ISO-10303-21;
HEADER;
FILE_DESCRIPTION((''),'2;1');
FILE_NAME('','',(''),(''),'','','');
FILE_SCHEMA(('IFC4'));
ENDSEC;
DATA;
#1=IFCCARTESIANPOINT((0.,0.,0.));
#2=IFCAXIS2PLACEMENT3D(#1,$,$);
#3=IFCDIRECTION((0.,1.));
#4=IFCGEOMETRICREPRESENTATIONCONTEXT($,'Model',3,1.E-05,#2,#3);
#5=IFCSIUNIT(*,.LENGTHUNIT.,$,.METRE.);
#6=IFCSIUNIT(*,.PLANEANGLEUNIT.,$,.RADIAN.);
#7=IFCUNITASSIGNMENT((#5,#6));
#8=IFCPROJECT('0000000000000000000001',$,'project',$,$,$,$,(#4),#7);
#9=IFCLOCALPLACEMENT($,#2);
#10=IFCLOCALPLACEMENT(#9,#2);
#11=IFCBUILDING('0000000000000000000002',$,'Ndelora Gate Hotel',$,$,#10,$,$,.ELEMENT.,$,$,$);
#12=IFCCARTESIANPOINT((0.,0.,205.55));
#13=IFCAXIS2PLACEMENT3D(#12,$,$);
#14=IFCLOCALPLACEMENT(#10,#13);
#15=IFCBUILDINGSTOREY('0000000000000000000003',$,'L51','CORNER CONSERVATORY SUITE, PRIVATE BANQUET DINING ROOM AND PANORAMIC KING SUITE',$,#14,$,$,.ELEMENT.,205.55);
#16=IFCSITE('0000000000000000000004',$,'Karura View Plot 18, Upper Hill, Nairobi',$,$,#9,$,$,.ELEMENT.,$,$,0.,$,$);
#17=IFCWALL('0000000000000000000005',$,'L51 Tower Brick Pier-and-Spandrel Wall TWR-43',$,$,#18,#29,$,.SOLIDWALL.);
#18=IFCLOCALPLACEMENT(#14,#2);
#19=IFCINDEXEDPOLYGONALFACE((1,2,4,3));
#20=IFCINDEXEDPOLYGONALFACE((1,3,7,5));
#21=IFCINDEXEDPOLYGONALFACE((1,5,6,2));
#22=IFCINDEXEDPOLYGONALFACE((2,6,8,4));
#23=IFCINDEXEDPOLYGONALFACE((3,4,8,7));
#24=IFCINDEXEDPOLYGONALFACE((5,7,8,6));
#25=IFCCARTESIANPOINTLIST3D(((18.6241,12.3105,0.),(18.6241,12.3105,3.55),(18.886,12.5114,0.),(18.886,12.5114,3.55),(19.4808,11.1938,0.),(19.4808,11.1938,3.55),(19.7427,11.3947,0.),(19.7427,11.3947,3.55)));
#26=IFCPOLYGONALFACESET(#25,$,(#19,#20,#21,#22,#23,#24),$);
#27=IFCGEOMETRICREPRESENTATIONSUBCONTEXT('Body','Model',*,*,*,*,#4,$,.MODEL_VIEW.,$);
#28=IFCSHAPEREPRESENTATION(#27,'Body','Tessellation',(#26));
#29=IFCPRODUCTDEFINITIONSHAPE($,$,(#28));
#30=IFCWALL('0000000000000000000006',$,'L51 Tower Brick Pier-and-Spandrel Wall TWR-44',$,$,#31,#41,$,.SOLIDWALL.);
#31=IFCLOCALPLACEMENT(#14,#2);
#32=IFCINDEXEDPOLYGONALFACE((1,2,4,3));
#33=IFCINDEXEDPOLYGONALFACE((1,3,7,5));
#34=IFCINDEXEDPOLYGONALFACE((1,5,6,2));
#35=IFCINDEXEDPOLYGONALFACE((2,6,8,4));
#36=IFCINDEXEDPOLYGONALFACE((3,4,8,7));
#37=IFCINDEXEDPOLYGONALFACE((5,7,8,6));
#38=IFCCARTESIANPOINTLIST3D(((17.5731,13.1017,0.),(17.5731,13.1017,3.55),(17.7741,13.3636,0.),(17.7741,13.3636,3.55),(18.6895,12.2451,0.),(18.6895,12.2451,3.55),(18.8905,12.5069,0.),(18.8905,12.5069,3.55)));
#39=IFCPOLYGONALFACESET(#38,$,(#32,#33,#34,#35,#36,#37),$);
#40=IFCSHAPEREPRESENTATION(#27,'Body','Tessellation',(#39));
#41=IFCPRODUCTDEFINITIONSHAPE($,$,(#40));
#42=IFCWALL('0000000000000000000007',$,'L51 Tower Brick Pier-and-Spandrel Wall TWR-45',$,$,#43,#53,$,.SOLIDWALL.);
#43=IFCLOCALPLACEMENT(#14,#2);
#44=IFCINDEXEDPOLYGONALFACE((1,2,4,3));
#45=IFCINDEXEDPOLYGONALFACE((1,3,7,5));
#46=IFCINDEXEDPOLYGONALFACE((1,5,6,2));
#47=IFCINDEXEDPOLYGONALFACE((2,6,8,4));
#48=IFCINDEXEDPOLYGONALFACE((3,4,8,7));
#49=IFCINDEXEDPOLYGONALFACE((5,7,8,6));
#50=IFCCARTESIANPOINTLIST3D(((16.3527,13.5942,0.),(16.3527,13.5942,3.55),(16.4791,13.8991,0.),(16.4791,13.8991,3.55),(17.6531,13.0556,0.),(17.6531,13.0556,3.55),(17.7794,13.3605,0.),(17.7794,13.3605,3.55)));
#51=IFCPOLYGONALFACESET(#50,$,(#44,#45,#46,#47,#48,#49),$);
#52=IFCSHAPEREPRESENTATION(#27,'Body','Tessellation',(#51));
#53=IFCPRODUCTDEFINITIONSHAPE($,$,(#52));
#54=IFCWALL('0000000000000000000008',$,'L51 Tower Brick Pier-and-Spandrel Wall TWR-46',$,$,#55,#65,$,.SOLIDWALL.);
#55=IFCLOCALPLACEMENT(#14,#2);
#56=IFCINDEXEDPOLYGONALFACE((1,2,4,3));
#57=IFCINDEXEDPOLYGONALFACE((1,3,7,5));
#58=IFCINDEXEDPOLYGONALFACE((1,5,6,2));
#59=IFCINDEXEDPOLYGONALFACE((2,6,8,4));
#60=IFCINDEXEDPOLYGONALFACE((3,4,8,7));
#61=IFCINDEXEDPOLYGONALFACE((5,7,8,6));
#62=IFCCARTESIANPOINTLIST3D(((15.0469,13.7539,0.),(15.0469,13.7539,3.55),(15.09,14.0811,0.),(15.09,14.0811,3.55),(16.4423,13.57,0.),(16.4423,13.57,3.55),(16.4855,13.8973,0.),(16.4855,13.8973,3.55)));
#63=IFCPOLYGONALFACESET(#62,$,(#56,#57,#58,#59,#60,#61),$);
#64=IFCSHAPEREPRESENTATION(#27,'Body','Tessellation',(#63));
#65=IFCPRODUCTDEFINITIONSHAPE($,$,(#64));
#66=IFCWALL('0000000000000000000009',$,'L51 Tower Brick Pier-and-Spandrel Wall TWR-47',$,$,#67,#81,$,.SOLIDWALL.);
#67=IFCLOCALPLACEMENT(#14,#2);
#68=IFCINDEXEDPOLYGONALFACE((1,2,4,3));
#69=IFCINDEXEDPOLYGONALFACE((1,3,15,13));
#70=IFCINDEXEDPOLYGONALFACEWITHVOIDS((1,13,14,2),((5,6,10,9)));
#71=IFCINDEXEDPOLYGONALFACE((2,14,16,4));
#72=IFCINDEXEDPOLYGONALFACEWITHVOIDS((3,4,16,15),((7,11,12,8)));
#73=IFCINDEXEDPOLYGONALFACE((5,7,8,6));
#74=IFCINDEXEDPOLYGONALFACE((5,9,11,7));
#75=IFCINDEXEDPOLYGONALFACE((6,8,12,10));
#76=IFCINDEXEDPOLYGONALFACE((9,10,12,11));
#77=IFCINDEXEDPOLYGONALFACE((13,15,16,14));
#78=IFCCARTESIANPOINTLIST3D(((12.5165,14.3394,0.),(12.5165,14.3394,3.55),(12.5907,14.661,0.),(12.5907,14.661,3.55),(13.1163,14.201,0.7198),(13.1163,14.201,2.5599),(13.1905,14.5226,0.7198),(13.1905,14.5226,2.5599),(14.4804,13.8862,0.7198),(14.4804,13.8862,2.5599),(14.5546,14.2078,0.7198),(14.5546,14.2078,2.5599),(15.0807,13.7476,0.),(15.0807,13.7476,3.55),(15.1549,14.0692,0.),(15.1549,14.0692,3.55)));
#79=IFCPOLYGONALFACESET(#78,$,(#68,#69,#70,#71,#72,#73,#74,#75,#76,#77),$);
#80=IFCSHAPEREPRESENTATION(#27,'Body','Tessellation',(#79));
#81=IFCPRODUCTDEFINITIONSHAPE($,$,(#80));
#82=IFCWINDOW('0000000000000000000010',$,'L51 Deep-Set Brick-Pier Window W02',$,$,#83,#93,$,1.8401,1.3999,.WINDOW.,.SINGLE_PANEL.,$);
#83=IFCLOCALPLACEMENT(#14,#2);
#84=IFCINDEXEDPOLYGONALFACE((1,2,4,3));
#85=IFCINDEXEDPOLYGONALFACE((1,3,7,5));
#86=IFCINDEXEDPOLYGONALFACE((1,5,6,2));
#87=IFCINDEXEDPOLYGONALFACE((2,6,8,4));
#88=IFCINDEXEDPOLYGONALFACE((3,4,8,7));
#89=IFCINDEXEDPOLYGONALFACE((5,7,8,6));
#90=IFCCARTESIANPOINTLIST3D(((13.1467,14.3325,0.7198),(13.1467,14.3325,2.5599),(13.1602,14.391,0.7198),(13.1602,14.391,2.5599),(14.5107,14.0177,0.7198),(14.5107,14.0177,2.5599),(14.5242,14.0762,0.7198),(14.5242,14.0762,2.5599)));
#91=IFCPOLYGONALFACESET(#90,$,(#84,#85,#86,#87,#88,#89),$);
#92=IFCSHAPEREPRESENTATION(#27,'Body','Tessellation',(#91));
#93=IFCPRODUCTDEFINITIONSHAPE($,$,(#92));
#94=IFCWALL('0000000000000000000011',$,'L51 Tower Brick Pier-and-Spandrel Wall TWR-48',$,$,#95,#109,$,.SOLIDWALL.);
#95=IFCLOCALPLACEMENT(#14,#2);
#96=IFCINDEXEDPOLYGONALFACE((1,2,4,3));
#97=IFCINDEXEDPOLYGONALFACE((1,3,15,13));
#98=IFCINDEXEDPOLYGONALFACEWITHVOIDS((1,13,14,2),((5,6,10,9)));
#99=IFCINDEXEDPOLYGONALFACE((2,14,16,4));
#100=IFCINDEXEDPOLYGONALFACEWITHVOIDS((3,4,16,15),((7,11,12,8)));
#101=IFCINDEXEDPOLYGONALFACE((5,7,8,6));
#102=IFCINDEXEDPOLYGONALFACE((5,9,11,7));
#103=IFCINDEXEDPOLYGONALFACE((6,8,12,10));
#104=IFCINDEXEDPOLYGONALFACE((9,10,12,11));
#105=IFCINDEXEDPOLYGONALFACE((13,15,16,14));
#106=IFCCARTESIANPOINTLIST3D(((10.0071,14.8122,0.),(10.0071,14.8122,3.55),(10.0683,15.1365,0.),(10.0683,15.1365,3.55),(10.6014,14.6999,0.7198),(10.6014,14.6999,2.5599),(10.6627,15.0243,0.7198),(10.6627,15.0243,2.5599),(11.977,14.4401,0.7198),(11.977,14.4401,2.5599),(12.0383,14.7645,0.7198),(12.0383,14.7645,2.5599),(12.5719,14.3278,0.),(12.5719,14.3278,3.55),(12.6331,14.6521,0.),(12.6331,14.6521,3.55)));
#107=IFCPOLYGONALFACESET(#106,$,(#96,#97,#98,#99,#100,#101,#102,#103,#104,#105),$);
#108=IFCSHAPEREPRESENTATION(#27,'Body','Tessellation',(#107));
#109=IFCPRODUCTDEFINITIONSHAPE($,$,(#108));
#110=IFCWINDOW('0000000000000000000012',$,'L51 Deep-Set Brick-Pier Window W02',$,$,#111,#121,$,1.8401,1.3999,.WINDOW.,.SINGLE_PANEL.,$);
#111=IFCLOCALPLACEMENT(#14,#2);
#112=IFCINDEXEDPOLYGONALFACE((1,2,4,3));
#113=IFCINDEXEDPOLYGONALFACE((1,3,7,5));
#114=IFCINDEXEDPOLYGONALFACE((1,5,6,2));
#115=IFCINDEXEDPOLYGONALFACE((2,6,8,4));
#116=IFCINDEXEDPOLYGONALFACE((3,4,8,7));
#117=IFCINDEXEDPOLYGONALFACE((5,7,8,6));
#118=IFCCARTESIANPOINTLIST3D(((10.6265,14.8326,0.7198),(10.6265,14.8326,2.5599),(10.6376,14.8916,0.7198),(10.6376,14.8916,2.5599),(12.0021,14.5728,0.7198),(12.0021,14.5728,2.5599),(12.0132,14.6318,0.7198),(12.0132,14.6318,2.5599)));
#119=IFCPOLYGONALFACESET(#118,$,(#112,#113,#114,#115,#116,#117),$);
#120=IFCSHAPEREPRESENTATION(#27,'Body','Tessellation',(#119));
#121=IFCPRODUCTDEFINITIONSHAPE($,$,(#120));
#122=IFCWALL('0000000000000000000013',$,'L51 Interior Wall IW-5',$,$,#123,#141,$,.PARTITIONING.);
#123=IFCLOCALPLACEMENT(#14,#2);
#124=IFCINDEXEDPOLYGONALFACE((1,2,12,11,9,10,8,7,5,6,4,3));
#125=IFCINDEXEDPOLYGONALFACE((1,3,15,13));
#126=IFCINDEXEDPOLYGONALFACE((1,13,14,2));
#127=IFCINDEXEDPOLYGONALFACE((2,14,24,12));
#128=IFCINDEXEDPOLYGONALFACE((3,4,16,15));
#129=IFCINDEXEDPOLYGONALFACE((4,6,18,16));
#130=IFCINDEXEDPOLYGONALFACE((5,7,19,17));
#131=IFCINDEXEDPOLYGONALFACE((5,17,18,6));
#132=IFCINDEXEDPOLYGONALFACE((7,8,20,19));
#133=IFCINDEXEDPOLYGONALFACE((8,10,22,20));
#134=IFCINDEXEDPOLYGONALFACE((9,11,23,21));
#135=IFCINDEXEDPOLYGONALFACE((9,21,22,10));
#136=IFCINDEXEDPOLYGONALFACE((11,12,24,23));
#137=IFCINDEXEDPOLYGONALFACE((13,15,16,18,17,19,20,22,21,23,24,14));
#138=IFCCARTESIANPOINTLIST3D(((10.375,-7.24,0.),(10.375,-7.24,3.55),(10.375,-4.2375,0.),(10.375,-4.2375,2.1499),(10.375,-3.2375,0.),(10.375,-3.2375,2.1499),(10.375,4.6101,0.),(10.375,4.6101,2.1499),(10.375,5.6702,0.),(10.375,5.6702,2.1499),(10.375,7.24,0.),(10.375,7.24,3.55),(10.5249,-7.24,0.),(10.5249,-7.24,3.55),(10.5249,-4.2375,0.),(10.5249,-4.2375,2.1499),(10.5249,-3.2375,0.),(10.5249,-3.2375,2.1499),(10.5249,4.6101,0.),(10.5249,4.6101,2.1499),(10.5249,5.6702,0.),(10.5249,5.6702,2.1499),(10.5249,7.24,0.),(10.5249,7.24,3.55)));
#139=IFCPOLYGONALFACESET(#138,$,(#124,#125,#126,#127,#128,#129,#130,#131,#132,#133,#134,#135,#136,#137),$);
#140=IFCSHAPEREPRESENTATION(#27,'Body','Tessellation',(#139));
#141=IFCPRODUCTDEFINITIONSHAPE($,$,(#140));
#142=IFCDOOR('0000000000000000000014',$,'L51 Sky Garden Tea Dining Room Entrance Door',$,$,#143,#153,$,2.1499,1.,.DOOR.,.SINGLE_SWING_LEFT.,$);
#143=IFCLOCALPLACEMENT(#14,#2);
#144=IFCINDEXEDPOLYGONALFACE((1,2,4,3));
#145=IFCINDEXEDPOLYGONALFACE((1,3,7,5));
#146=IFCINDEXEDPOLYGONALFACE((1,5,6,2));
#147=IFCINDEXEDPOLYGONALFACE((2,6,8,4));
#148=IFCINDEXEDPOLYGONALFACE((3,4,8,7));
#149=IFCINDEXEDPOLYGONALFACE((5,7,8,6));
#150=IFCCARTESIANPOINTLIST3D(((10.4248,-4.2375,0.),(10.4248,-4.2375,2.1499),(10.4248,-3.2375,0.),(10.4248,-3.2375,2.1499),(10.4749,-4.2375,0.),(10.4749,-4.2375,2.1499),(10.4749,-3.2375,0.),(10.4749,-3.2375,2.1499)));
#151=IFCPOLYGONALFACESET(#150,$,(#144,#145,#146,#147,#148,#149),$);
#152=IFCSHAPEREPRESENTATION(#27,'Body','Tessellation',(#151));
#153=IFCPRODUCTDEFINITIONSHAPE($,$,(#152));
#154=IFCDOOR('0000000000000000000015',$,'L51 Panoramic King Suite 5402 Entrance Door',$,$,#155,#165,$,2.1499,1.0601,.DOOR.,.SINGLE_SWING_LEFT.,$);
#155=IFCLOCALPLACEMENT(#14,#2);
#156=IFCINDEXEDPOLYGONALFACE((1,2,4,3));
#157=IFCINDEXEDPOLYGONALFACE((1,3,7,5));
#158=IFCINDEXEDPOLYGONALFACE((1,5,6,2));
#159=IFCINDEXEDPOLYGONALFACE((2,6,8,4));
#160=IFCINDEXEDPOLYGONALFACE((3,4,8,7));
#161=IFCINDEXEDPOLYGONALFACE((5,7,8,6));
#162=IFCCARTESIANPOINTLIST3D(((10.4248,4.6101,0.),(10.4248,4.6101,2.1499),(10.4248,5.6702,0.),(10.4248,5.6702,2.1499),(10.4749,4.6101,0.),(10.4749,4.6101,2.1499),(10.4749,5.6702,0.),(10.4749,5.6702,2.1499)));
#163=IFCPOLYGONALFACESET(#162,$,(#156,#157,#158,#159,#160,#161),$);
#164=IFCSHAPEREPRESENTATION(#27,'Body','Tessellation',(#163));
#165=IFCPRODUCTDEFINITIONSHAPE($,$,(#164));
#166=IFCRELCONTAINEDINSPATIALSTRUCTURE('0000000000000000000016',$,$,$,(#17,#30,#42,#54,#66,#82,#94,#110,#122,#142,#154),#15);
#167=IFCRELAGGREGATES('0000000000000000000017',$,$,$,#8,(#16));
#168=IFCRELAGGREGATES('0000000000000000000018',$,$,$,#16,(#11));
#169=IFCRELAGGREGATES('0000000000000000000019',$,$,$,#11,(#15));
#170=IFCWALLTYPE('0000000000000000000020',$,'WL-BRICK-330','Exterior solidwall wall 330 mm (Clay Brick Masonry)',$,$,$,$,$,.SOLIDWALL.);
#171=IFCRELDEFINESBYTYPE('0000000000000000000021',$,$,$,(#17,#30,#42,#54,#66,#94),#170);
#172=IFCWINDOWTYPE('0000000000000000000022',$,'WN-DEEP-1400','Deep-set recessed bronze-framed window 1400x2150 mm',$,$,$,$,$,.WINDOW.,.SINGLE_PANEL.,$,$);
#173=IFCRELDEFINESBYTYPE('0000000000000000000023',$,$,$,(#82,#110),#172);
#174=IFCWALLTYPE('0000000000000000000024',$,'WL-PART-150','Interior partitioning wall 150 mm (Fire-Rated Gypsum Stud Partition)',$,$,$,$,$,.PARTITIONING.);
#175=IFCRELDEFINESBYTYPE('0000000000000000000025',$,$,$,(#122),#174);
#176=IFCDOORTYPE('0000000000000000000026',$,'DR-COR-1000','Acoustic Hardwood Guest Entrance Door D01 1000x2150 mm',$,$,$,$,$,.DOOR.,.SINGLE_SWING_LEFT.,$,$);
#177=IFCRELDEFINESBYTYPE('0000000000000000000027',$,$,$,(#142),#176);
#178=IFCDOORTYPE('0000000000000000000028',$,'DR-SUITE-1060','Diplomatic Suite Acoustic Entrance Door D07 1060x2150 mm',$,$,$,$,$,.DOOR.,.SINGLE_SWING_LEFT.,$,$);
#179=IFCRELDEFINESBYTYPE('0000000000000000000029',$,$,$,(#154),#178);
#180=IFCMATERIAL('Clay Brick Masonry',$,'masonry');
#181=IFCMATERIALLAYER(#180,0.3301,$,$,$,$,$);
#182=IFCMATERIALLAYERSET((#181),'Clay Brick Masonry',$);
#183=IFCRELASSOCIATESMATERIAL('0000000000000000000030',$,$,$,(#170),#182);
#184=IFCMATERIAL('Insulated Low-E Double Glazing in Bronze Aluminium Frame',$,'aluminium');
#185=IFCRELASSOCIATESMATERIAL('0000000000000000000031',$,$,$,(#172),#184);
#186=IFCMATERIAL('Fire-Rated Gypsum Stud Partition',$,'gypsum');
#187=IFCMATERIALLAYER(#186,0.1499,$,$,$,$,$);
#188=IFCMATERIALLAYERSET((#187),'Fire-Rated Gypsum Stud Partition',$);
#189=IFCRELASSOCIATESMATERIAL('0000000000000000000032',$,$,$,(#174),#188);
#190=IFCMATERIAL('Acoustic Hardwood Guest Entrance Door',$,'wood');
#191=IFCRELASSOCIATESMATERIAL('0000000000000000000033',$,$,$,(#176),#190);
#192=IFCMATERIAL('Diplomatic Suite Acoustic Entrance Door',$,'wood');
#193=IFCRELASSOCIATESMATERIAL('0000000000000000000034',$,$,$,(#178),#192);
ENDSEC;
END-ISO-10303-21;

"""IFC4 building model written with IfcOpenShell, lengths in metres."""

from ifc_helpers import new_model, si_unit, direction, frame, frame_2d, origin, place, context, subcontext, project, spatial, rectangle, extrude, material, layer, layer_set, type_object, element, fill, save


model = new_model("IFC4")

# Units and contexts
model_context = context("Model", 3, precision=1e-05, world=origin(), true_north=direction((0.0, 1.0)))
body_context = subcontext(model_context, "Body", "Model", "MODEL_VIEW")
ifc_project = project(units=[si_unit("LENGTHUNIT", "METRE"), si_unit("PLANEANGLEUNIT", "RADIAN")], contexts=[model_context])

# Site, building, storey
site_placement = place(None, origin())
site = spatial("IfcSite", under=ifc_project, at=site_placement, Name="Karura View Plot 18, Upper Hill, Nairobi", CompositionType="ELEMENT", RefElevation=0.0)
building_placement = place(site_placement, origin())
building = spatial("IfcBuilding", under=site, at=building_placement, Name="Ndelora Gate Hotel", CompositionType="ELEMENT")
storey_placement = place(building_placement, frame((0.0, 0.0, 205.55)))
storey = spatial("IfcBuildingStorey", under=building, at=storey_placement, Name="L51", Description="CORNER CONSERVATORY SUITE, PRIVATE BANQUET DINING ROOM AND PANORAMIC KING SUITE", CompositionType="ELEMENT", Elevation=205.55)

# Walls
ifc_material_1 = material(Name="Clay Brick Masonry", Category="masonry")
ifc_layer_1 = layer(ifc_material_1, 0.3301)
ifc_layer_set_1 = layer_set([ifc_layer_1], Name="Clay Brick Masonry")
wall_type_1 = type_object("IfcWallType", Name="WL-BRICK-330", Description="Exterior solidwall wall 330 mm (Clay Brick Masonry)", PredefinedType="SOLIDWALL", material=ifc_layer_set_1)
for number, where, z_axis, x_axis, name in (
    (1, (18.7551, 12.4109, 0.0), (0.0, 0.0, 1.0), (0.608679, -0.793416, 0.0), "L51 Tower Brick Pier-and-Spandrel Wall TWR-43"),
):
    element("IfcWall", number, at=place(storey_placement, frame(where, z_axis=z_axis, x_axis=x_axis)), inside=storey, type_object=wall_type_1, Name=name, PredefinedType="SOLIDWALL", context=body_context, shape_type="SweptSolid", body=[
        extrude(rectangle(XDim=1.4075, YDim=0.3301, at=frame_2d((0.7036, 0.0))), origin(), (0.0, 0.0, 1.0), 3.55),
    ])
wall_1_placement = place(storey_placement, frame((17.6736, 13.2327, 0.0), z_axis=(0.0, 0.0, 1.0), x_axis=(0.793352, -0.608763, 0.0)))
element("IfcWall", 2, at=wall_1_placement, inside=storey, type_object=wall_type_1, Name="L51 Tower Brick Pier-and-Spandrel Wall TWR-44", PredefinedType="SOLIDWALL", context=body_context, shape_type="SweptSolid", body=[
    extrude(rectangle(XDim=1.4072, YDim=0.3301, at=frame_2d((0.7036, 0.0))), origin(), (0.0, 0.0, 1.0), 3.55),
])
for number, where, z_axis, x_axis, name in (
    (3, (16.416, 13.7466, 0.0), (0.0, 0.0, 1.0), (0.923886, -0.382668, 0.0), "L51 Tower Brick Pier-and-Spandrel Wall TWR-45"),
    (4, (15.0686, 13.9175, 0.0), (0.0, 0.0, 1.0), (0.991434, -0.130607, 0.0), "L51 Tower Brick Pier-and-Spandrel Wall TWR-46"),
):
    element("IfcWall", number, at=place(storey_placement, frame(where, z_axis=z_axis, x_axis=x_axis)), inside=storey, type_object=wall_type_1, Name=name, PredefinedType="SOLIDWALL", context=body_context, shape_type="SweptSolid", body=[
        extrude(rectangle(XDim=1.4075, YDim=0.3301, at=frame_2d((0.7036, 0.0))), origin(), (0.0, 0.0, 1.0), 3.55),
    ])

# Walls, openings, windows
wall_2_placement = place(storey_placement, frame((12.5535, 14.5002, 0.0), z_axis=(0.0, 0.0, 1.0), x_axis=(0.974387, -0.22488, 0.0)))
wall_2 = element("IfcWall", 5, at=wall_2_placement, inside=storey, type_object=wall_type_1, Name="L51 Tower Brick Pier-and-Spandrel Wall TWR-47", PredefinedType="SOLIDWALL", context=body_context, shape_type="SweptSolid", body=[
    extrude(rectangle(XDim=2.6316, YDim=0.3301, at=frame_2d((1.3159, 0.0))), origin(), (0.0, 0.0, 1.0), 3.55),
])
opening_1_placement = place(wall_2_placement, frame((0.6157, 0.0, 0.72)))
opening_1 = element("IfcOpeningElement", 6, at=opening_1_placement, cuts=wall_2, PredefinedType="OPENING", context=body_context, shape_type="SweptSolid", body=[
    extrude(rectangle(XDim=1.3999, YDim=1.8401, at=frame_2d((0.7, 0.9199))), frame((0.0, 0.175, 0.0), z_axis=(0.0, -1.0, 0.0), x_axis=(1.0, 0.0, 0.0)), (0.0, 0.0, 1.0), 0.3501),
])
ifc_material_2 = material(Name="Insulated Low-E Double Glazing in Bronze Aluminium Frame", Category="aluminium")
window_type = type_object("IfcWindowType", Name="WN-DEEP-1400", Description="Deep-set recessed bronze-framed window 1400x2150 mm", PartitioningType="SINGLE_PANEL", PredefinedType="WINDOW", material=ifc_material_2)
window_1_placement = place(opening_1_placement, origin())
window_1 = element("IfcWindow", 7, at=window_1_placement, inside=storey, type_object=window_type, Name="L51 Deep-Set Brick-Pier Window W02", OverallHeight=1.8401, OverallWidth=1.3999, PartitioningType="SINGLE_PANEL", PredefinedType="WINDOW", context=body_context, shape_type="SweptSolid", body=[
    extrude(rectangle(XDim=1.3999, YDim=1.8401, at=frame_2d((0.7, 0.9199))), frame((0.0, 0.03, 0.0), z_axis=(0.0, -1.0, 0.0), x_axis=(1.0, 0.0, 0.0)), (0.0, 0.0, 1.0), 0.0601),
])
fill(opening_1, window_1)
wall_3_placement = place(storey_placement, frame((10.0376, 14.9744, 0.0), z_axis=(0.0, 0.0, 1.0), x_axis=(0.982629, -0.185582, 0.0)))
wall_3 = element("IfcWall", 8, at=wall_3_placement, inside=storey, type_object=wall_type_1, Name="L51 Tower Brick Pier-and-Spandrel Wall TWR-48", PredefinedType="SOLIDWALL", context=body_context, shape_type="SweptSolid", body=[
    extrude(rectangle(XDim=2.6101, YDim=0.3301, at=frame_2d((1.3052, 0.0))), origin(), (0.0, 0.0, 1.0), 3.55),
])
opening_2_placement = place(wall_3_placement, frame((0.605, 0.0, 0.72)))
opening_2 = element("IfcOpeningElement", 9, at=opening_2_placement, cuts=wall_3, PredefinedType="OPENING", context=body_context, shape_type="SweptSolid", body=[
    extrude(rectangle(XDim=1.3999, YDim=1.8401, at=frame_2d((0.7, 0.9199))), frame((0.0, 0.175, 0.0), z_axis=(0.0, -1.0, 0.0), x_axis=(1.0, 0.0, 0.0)), (0.0, 0.0, 1.0), 0.3501),
])
window_2_placement = place(opening_2_placement, origin())
window_2 = element("IfcWindow", 10, at=window_2_placement, inside=storey, type_object=window_type, Name="L51 Deep-Set Brick-Pier Window W02", OverallHeight=1.8401, OverallWidth=1.3999, PartitioningType="SINGLE_PANEL", PredefinedType="WINDOW", context=body_context, shape_type="SweptSolid", body=[
    extrude(rectangle(XDim=1.3999, YDim=1.8401, at=frame_2d((0.7, 0.9199))), frame((0.0, 0.03, 0.0), z_axis=(0.0, -1.0, 0.0), x_axis=(1.0, 0.0, 0.0)), (0.0, 0.0, 1.0), 0.0601),
])
fill(opening_2, window_2)

# Wall, openings, doors
ifc_material_3 = material(Name="Fire-Rated Gypsum Stud Partition", Category="gypsum")
ifc_layer_2 = layer(ifc_material_3, 0.1499)
ifc_layer_set_2 = layer_set([ifc_layer_2], Name="Fire-Rated Gypsum Stud Partition")
wall_type_2 = type_object("IfcWallType", Name="WL-PART-150", Description="Interior partitioning wall 150 mm (Fire-Rated Gypsum Stud Partition)", PredefinedType="PARTITIONING", material=ifc_layer_set_2)
wall_4_placement = place(storey_placement, frame((10.45, 7.24, 0.0), z_axis=(0.0, 0.0, 1.0), x_axis=(0.0, -1.0, 0.0)))
wall_4 = element("IfcWall", 11, at=wall_4_placement, inside=storey, type_object=wall_type_2, Name="L51 Interior Wall IW-5", PredefinedType="PARTITIONING", context=body_context, shape_type="SweptSolid", body=[
    extrude(rectangle(XDim=14.48, YDim=0.1499, at=frame_2d((7.24, 0.0))), origin(), (0.0, 0.0, 1.0), 3.55),
])
opening_3_placement = place(wall_4_placement, frame((10.4775, 0.0, 0.0)))
opening_3 = element("IfcOpeningElement", 12, at=opening_3_placement, cuts=wall_4, PredefinedType="OPENING", context=body_context, shape_type="SweptSolid", body=[
    extrude(rectangle(XDim=1.0, YDim=2.1499, at=frame_2d((0.5, 1.075))), frame((0.0, 0.085, 0.0), z_axis=(0.0, -1.0, 0.0), x_axis=(1.0, 0.0, 0.0)), (0.0, 0.0, 1.0), 0.1699),
])
opening_4_placement = place(wall_4_placement, frame((1.5698, 0.0, 0.0)))
opening_4 = element("IfcOpeningElement", 13, at=opening_4_placement, cuts=wall_4, PredefinedType="OPENING", context=body_context, shape_type="SweptSolid", body=[
    extrude(rectangle(XDim=1.0601, YDim=2.1499, at=frame_2d((0.53, 1.075))), frame((0.0, 0.085, 0.0), z_axis=(0.0, -1.0, 0.0), x_axis=(1.0, 0.0, 0.0)), (0.0, 0.0, 1.0), 0.1699),
])
ifc_material_4 = material(Name="Acoustic Hardwood Guest Entrance Door", Category="wood")
door_type_1 = type_object("IfcDoorType", Name="DR-COR-1000", Description="Acoustic Hardwood Guest Entrance Door D01 1000x2150 mm", OperationType="SINGLE_SWING_LEFT", PredefinedType="DOOR", material=ifc_material_4)
door_1_placement = place(opening_3_placement, origin())
door_1 = element("IfcDoor", 14, at=door_1_placement, inside=storey, type_object=door_type_1, Name="L51 Sky Garden Tea Dining Room Entrance Door", OperationType="SINGLE_SWING_LEFT", OverallHeight=2.1499, OverallWidth=1.0, PredefinedType="DOOR", context=body_context, shape_type="SweptSolid", body=[
    extrude(rectangle(XDim=1.0, YDim=2.1499, at=frame_2d((0.5, 1.075))), frame((0.0, 0.0249, 0.0), z_axis=(0.0, -1.0, 0.0), x_axis=(1.0, 0.0, 0.0)), (0.0, 0.0, 1.0), 0.05),
])
fill(opening_3, door_1)
ifc_material_5 = material(Name="Diplomatic Suite Acoustic Entrance Door", Category="wood")
door_type_2 = type_object("IfcDoorType", Name="DR-SUITE-1060", Description="Diplomatic Suite Acoustic Entrance Door D07 1060x2150 mm", OperationType="SINGLE_SWING_LEFT", PredefinedType="DOOR", material=ifc_material_5)
door_2_placement = place(opening_4_placement, origin())
door_2 = element("IfcDoor", 15, at=door_2_placement, inside=storey, type_object=door_type_2, Name="L51 Panoramic King Suite 5402 Entrance Door", OperationType="SINGLE_SWING_LEFT", OverallHeight=2.1499, OverallWidth=1.0601, PredefinedType="DOOR", context=body_context, shape_type="SweptSolid", body=[
    extrude(rectangle(XDim=1.0601, YDim=2.1499, at=frame_2d((0.53, 1.075))), frame((0.0, 0.0249, 0.0), z_axis=(0.0, -1.0, 0.0), x_axis=(1.0, 0.0, 0.0)), (0.0, 0.0, 1.0), 0.05),
])
fill(opening_4, door_2)

save(model, "model.ifc")
